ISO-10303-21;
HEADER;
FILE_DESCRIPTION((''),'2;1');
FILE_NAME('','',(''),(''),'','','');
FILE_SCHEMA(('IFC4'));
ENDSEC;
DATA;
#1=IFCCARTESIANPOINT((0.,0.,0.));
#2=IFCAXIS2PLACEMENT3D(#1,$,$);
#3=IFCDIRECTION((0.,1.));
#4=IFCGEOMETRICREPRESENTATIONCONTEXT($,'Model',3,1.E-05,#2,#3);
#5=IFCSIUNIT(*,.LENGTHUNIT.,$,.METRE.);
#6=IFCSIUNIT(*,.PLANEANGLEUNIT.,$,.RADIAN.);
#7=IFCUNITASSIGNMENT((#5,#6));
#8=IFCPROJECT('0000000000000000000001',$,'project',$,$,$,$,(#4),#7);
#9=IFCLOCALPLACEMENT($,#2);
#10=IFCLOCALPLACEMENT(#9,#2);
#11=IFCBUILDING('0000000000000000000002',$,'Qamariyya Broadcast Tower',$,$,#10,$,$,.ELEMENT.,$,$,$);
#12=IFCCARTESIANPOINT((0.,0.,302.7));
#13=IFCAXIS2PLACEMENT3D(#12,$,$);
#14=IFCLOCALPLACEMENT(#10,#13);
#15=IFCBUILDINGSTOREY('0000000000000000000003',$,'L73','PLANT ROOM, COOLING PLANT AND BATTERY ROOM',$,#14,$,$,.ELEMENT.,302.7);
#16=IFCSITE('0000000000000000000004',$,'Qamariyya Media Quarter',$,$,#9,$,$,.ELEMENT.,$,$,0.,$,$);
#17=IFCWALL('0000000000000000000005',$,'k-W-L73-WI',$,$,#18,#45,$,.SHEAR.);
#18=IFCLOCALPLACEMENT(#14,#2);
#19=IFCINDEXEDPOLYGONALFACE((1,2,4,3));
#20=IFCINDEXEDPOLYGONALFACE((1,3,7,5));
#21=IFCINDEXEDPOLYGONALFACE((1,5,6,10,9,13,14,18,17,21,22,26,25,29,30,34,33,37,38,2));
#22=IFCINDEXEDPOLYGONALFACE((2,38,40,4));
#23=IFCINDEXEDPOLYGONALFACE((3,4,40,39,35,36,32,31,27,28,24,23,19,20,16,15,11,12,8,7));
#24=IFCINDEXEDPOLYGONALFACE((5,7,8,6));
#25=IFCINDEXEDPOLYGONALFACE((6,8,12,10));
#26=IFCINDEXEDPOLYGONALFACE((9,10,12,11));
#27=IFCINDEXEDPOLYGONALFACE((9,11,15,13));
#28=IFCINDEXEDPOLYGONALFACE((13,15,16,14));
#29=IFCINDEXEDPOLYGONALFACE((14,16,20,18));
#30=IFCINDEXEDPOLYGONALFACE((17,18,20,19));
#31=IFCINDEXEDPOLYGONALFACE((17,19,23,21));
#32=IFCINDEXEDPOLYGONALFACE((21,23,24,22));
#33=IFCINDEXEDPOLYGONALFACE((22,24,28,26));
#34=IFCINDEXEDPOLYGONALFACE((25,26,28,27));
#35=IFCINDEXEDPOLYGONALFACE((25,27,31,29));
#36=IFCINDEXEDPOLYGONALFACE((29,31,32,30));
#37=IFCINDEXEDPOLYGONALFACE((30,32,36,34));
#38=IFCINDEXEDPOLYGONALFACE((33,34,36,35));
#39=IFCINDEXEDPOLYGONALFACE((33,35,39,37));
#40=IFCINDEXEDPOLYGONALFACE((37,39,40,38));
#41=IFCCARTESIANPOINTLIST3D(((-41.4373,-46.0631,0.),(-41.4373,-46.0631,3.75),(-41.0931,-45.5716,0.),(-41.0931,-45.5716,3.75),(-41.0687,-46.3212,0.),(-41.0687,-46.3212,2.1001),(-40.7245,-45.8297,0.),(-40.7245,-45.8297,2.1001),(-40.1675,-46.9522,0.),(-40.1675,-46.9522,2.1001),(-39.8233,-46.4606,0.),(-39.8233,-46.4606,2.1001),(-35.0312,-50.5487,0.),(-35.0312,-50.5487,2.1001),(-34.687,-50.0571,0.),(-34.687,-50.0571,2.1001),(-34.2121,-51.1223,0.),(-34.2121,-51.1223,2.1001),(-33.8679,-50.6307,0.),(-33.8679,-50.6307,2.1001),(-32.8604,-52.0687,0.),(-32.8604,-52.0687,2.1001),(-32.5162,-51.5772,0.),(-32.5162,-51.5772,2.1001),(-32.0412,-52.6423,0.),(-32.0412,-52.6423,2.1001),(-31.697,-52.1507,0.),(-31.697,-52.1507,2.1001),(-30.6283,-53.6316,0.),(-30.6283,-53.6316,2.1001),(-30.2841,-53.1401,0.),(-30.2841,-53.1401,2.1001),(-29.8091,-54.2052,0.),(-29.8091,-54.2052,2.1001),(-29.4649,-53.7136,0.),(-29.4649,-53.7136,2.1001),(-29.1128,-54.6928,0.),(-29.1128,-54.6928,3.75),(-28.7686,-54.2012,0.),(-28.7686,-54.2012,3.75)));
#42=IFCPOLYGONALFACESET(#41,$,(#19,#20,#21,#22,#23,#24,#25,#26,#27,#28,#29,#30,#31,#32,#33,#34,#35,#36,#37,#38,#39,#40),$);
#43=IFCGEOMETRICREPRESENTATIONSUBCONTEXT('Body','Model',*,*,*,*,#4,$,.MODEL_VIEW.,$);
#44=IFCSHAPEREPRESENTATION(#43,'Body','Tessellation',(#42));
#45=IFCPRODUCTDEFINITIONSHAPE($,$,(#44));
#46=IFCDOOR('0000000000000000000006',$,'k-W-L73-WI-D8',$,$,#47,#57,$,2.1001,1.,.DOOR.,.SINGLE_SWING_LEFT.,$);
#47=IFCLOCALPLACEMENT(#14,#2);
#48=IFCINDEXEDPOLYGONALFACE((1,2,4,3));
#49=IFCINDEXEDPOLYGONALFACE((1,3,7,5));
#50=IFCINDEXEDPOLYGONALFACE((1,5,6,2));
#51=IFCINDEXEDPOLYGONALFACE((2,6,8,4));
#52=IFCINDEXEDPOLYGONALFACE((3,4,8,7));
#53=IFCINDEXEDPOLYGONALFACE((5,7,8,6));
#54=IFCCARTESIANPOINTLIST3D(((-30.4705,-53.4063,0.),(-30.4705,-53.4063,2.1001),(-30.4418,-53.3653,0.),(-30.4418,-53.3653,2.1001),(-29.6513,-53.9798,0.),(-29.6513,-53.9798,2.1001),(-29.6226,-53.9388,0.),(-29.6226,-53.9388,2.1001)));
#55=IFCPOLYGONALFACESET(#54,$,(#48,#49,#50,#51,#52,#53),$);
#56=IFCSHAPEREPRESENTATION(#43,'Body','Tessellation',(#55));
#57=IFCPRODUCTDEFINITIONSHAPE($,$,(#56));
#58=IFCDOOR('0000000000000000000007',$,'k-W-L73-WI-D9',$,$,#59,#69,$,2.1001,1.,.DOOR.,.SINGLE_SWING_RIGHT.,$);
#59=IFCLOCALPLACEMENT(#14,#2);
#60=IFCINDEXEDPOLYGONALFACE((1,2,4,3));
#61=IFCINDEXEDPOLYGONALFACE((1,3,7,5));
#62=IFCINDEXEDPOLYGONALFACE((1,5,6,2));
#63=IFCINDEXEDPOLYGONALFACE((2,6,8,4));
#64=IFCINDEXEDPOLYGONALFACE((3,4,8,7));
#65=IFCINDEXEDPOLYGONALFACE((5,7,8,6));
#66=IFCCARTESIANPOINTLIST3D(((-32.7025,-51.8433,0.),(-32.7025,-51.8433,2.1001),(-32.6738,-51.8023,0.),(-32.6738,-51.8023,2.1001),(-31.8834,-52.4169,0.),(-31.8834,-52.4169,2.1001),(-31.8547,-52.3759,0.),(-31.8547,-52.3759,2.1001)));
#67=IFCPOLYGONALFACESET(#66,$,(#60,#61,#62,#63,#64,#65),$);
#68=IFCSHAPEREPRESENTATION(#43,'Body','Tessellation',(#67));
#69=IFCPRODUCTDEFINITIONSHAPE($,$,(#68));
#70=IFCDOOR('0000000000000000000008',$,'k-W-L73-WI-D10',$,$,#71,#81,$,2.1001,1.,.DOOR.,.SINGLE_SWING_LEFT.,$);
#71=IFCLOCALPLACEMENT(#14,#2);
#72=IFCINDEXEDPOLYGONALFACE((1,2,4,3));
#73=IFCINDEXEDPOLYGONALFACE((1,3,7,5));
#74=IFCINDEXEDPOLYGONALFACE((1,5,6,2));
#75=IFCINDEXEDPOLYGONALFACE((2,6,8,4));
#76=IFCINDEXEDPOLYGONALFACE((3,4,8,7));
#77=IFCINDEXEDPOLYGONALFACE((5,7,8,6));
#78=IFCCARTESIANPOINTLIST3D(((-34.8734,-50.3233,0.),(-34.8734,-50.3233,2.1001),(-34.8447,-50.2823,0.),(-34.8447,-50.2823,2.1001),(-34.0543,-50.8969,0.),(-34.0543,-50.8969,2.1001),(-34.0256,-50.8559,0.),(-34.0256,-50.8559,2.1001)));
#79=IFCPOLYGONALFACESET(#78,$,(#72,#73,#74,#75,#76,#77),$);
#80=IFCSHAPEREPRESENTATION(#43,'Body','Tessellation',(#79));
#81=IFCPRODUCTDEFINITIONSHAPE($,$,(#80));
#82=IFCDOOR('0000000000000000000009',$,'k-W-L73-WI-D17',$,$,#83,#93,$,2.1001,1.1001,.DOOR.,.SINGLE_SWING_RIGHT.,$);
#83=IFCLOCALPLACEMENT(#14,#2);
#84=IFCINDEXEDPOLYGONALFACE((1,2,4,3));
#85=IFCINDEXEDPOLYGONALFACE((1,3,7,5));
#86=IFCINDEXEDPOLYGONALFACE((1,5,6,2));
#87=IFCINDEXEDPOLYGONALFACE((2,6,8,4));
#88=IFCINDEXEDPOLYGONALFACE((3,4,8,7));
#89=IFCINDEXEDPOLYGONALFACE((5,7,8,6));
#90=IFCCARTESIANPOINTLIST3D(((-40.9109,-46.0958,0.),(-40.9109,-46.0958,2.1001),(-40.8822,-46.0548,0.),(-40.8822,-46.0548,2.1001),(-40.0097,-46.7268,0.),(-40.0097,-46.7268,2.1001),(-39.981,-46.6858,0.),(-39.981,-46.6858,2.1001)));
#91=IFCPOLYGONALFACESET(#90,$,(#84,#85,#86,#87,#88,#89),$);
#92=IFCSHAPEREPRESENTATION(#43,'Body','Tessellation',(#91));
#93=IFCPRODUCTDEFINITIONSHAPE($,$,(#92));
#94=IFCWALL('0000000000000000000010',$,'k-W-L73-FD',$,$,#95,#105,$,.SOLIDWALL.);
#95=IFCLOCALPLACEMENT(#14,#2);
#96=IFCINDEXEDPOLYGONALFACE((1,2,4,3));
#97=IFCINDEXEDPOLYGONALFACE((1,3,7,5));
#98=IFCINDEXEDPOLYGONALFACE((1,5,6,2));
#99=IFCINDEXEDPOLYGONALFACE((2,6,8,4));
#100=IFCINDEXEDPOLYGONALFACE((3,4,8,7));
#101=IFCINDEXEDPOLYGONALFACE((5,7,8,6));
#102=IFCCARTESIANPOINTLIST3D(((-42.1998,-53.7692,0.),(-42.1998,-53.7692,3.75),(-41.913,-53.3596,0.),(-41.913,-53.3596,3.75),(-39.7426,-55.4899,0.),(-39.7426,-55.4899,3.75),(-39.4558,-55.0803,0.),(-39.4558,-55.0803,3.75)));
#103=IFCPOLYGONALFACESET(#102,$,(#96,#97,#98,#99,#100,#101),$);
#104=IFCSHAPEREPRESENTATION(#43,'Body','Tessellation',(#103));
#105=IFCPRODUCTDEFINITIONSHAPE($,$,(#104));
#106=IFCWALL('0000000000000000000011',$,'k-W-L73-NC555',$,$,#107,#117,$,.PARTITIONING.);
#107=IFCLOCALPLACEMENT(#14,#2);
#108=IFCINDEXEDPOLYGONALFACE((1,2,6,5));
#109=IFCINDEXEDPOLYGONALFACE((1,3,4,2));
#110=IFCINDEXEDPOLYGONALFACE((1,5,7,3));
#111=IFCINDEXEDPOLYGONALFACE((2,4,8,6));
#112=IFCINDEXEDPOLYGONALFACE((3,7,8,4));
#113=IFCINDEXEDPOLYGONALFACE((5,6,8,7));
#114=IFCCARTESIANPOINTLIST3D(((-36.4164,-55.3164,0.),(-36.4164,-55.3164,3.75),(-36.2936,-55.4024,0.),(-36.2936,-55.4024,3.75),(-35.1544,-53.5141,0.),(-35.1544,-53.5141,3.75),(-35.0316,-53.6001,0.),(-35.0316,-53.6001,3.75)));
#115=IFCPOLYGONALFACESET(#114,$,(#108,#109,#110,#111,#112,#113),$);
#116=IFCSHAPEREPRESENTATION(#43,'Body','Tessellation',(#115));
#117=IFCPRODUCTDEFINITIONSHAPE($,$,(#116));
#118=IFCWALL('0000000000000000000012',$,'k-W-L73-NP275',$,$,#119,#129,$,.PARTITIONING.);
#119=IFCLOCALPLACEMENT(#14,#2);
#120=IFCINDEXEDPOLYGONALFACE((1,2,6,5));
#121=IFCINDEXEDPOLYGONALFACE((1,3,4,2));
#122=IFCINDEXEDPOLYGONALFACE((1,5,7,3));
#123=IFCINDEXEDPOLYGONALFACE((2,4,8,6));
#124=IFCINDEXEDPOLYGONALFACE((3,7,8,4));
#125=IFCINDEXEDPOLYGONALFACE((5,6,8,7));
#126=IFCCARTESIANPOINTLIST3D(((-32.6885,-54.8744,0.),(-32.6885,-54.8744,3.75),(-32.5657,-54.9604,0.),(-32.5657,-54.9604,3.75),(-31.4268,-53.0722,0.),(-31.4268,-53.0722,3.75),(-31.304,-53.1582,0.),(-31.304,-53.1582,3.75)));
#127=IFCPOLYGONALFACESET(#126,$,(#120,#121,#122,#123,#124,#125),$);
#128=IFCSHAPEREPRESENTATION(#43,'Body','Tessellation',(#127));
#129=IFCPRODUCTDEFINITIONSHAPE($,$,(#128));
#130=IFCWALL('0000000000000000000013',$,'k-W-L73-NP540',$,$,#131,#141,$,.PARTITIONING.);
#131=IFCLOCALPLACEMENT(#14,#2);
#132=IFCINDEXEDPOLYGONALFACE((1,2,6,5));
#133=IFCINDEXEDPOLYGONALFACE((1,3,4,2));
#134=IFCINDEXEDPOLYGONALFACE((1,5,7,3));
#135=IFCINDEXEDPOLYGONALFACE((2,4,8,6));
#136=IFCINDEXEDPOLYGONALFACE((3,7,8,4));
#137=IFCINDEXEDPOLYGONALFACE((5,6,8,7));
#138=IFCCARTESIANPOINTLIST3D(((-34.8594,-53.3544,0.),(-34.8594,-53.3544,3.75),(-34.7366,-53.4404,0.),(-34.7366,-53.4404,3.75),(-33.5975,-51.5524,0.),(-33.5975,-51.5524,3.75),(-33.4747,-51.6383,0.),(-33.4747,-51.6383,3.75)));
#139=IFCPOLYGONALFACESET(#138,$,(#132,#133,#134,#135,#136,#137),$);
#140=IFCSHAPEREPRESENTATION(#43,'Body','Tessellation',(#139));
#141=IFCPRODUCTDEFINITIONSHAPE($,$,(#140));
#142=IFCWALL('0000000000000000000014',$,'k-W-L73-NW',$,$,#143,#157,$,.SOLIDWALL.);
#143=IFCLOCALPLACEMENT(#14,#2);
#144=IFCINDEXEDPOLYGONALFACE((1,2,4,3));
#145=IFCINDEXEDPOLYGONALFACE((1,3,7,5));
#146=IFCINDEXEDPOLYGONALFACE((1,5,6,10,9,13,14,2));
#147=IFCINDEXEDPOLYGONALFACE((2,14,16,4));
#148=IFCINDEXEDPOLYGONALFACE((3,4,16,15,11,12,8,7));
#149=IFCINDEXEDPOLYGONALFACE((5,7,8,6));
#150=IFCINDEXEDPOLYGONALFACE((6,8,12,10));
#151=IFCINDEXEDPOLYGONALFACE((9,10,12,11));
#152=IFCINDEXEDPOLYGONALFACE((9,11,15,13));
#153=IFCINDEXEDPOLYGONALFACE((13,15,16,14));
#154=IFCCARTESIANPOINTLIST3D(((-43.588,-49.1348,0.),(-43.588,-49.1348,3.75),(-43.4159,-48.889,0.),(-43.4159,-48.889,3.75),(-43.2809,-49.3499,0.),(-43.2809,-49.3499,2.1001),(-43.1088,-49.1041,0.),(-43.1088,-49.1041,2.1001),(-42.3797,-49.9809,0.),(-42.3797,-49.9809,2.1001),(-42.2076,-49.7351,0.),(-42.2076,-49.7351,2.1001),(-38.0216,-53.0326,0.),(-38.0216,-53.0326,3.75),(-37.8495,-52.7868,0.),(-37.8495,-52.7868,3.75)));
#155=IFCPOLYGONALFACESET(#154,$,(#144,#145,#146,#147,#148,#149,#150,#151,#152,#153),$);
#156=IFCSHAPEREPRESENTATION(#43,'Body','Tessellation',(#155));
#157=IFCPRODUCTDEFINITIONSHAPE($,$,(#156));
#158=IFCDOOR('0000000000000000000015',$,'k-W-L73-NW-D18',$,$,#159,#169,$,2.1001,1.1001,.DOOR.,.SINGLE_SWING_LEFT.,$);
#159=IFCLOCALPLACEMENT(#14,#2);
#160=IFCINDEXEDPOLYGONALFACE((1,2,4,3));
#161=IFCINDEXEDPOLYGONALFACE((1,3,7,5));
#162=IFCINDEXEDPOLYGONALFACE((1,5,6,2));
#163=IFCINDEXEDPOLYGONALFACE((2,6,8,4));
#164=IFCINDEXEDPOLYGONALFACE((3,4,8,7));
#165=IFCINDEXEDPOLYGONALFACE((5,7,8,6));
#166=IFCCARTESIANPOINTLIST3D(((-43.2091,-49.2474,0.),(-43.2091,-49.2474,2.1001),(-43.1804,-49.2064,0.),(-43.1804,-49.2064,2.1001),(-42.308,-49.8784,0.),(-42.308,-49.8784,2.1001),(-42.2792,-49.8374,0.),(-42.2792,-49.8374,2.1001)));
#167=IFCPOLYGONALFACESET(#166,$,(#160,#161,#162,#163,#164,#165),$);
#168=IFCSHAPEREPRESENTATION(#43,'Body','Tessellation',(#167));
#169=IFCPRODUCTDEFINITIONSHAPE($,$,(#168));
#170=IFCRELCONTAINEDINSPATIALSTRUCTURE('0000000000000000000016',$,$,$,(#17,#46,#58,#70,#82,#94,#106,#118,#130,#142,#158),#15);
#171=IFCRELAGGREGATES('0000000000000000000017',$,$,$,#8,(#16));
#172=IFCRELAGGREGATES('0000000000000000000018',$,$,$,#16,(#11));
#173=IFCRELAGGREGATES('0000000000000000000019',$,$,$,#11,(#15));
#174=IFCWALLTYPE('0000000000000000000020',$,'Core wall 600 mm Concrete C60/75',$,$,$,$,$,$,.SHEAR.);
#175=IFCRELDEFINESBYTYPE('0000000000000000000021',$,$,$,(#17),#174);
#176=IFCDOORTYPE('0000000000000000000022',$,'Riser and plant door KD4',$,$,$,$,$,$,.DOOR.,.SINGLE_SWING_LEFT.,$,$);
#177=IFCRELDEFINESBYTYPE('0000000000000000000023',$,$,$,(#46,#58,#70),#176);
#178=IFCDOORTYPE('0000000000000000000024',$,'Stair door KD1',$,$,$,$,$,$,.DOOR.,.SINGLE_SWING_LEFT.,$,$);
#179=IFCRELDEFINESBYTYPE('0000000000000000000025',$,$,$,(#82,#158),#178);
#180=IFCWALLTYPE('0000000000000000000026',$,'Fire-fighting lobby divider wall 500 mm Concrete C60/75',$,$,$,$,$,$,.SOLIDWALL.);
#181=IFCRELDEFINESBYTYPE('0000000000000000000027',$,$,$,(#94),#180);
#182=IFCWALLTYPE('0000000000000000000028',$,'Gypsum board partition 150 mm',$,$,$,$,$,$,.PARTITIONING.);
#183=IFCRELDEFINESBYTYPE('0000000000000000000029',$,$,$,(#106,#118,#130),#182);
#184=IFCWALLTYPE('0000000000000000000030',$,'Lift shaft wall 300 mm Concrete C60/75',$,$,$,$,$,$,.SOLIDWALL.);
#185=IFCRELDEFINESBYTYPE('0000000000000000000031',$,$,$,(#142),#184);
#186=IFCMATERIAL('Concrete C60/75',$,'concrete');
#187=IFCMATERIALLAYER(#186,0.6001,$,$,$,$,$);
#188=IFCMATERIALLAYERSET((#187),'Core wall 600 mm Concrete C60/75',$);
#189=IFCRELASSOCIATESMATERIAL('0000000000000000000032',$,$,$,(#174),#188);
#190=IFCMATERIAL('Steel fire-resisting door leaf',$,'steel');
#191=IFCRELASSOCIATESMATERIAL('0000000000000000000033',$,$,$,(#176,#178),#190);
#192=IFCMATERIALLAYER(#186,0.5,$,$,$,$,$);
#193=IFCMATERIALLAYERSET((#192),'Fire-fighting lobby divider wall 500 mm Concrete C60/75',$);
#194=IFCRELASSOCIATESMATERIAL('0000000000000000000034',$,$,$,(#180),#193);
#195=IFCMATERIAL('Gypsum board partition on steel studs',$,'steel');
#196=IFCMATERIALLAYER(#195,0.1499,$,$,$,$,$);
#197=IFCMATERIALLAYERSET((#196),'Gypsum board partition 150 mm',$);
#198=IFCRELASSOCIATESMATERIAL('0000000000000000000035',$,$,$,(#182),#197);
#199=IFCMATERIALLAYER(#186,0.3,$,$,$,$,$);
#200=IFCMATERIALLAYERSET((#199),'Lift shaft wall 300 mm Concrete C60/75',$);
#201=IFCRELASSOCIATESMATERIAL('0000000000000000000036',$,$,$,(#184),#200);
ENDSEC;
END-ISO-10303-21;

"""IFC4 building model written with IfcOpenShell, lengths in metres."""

from ifc_helpers import new_model, si_unit, direction, frame, frame_2d, origin, place, context, subcontext, project, spatial, rectangle, extrude, material, layer, layer_set, type_object, element, fill, save


model = new_model("IFC4")

# Units and contexts
model_context = context("Model", 3, precision=1e-05, world=origin(), true_north=direction((0.0, 1.0)))
body_context = subcontext(model_context, "Body", "Model", "MODEL_VIEW")
ifc_project = project(units=[si_unit("LENGTHUNIT", "METRE"), si_unit("PLANEANGLEUNIT", "RADIAN")], contexts=[model_context])

# Site, building, storey
site_placement = place(None, origin())
site = spatial("IfcSite", under=ifc_project, at=site_placement, Name="Qamariyya Media Quarter", CompositionType="ELEMENT", RefElevation=0.0)
building_placement = place(site_placement, origin())
building = spatial("IfcBuilding", under=site, at=building_placement, Name="Qamariyya Broadcast Tower", CompositionType="ELEMENT")
storey_placement = place(building_placement, frame((0.0, 0.0, 302.7)))
storey = spatial("IfcBuildingStorey", under=building, at=storey_placement, Name="L73", Description="PLANT ROOM, COOLING PLANT AND BATTERY ROOM", CompositionType="ELEMENT", Elevation=302.7)

# Wall, openings, doors
ifc_material_1 = material(Name="Concrete C60/75", Category="concrete")
ifc_layer_1 = layer(ifc_material_1, 0.6001)
ifc_layer_set_1 = layer_set([ifc_layer_1], Name="Core wall 600 mm Concrete C60/75")
wall_type_1 = type_object("IfcWallType", Name="Core wall 600 mm Concrete C60/75", PredefinedType="SHEAR", material=ifc_layer_set_1)
wall_1_placement = place(storey_placement, frame((-28.9407, -54.447, 0.0), z_axis=(0.0, 0.0, 1.0), x_axis=(-0.819153, 0.573575, 0.0)))
wall_1 = element("IfcWall", 1, at=wall_1_placement, inside=storey, type_object=wall_type_1, Name="k-W-L73-WI", PredefinedType="SHEAR", context=body_context, shape_type="SweptSolid", body=[
    extrude(rectangle(XDim=15.0454, YDim=0.6001, at=frame_2d((7.5227, 0.0))), origin(), (0.0, 0.0, 1.0), 3.75),
])
opening_1_placement = place(wall_1_placement, frame((0.8501, 0.0, 0.0)))
opening_1 = element("IfcOpeningElement", 2, at=opening_1_placement, cuts=wall_1, PredefinedType="OPENING", context=body_context, shape_type="SweptSolid", body=[
    extrude(rectangle(XDim=1.0, YDim=2.1001, at=frame_2d((0.5, 1.05))), frame((0.0, 0.3101, 0.0), z_axis=(0.0, -1.0, 0.0), x_axis=(1.0, 0.0, 0.0)), (0.0, 0.0, 1.0), 0.6201),
])
opening_2_placement = place(wall_1_placement, frame((3.575, 0.0, 0.0)))
opening_2 = element("IfcOpeningElement", 3, at=opening_2_placement, cuts=wall_1, PredefinedType="OPENING", context=body_context, shape_type="SweptSolid", body=[
    extrude(rectangle(XDim=1.0, YDim=2.1001, at=frame_2d((0.5, 1.05))), frame((0.0, 0.3101, 0.0), z_axis=(0.0, -1.0, 0.0), x_axis=(1.0, 0.0, 0.0)), (0.0, 0.0, 1.0), 0.6201),
])
opening_3_placement = place(wall_1_placement, frame((6.2251, 0.0, 0.0)))
opening_3 = element("IfcOpeningElement", 4, at=opening_3_placement, cuts=wall_1, PredefinedType="OPENING", context=body_context, shape_type="SweptSolid", body=[
    extrude(rectangle(XDim=1.0, YDim=2.1001, at=frame_2d((0.5, 1.05))), frame((0.0, 0.3101, 0.0), z_axis=(0.0, -1.0, 0.0), x_axis=(1.0, 0.0, 0.0)), (0.0, 0.0, 1.0), 0.6201),
])
opening_4_placement = place(wall_1_placement, frame((13.4954, 0.0, 0.0)))
opening_4 = element("IfcOpeningElement", 5, at=opening_4_placement, cuts=wall_1, PredefinedType="OPENING", context=body_context, shape_type="SweptSolid", body=[
    extrude(rectangle(XDim=1.1001, YDim=2.1001, at=frame_2d((0.55, 1.05))), frame((0.0, 0.3101, 0.0), z_axis=(0.0, -1.0, 0.0), x_axis=(1.0, 0.0, 0.0)), (0.0, 0.0, 1.0), 0.6201),
])
ifc_material_2 = material(Name="Steel fire-resisting door leaf", Category="steel")
door_type_1 = type_object("IfcDoorType", Name="Riser and plant door KD4", OperationType="SINGLE_SWING_LEFT", PredefinedType="DOOR", material=ifc_material_2)
door_1_placement = place(opening_1_placement, origin())
door_1 = element("IfcDoor", 6, at=door_1_placement, inside=storey, type_object=door_type_1, Name="k-W-L73-WI-D8", OperationType="SINGLE_SWING_LEFT", OverallHeight=2.1001, OverallWidth=1.0, PredefinedType="DOOR", context=body_context, shape_type="SweptSolid", body=[
    extrude(rectangle(XDim=1.0, YDim=2.1001, at=frame_2d((0.5, 1.05))), frame((0.0, 0.0249, 0.0), z_axis=(0.0, -1.0, 0.0), x_axis=(1.0, 0.0, 0.0)), (0.0, 0.0, 1.0), 0.05),
])
fill(opening_1, door_1)
door_2_placement = place(opening_2_placement, origin())
door_2 = element("IfcDoor", 7, at=door_2_placement, inside=storey, type_object=door_type_1, Name="k-W-L73-WI-D9", OperationType="SINGLE_SWING_RIGHT", OverallHeight=2.1001, OverallWidth=1.0, PredefinedType="DOOR", context=body_context, shape_type="SweptSolid", body=[
    extrude(rectangle(XDim=1.0, YDim=2.1001, at=frame_2d((0.5, 1.05))), frame((0.0, 0.0249, 0.0), z_axis=(0.0, -1.0, 0.0), x_axis=(1.0, 0.0, 0.0)), (0.0, 0.0, 1.0), 0.05),
])
fill(opening_2, door_2)
door_3_placement = place(opening_3_placement, origin())
door_3 = element("IfcDoor", 8, at=door_3_placement, inside=storey, type_object=door_type_1, Name="k-W-L73-WI-D10", OperationType="SINGLE_SWING_LEFT", OverallHeight=2.1001, OverallWidth=1.0, PredefinedType="DOOR", context=body_context, shape_type="SweptSolid", body=[
    extrude(rectangle(XDim=1.0, YDim=2.1001, at=frame_2d((0.5, 1.05))), frame((0.0, 0.0249, 0.0), z_axis=(0.0, -1.0, 0.0), x_axis=(1.0, 0.0, 0.0)), (0.0, 0.0, 1.0), 0.05),
])
fill(opening_3, door_3)
door_type_2 = type_object("IfcDoorType", Name="Stair door KD1", OperationType="SINGLE_SWING_LEFT", PredefinedType="DOOR", material=ifc_material_2)
door_4_placement = place(opening_4_placement, origin())
door_4 = element("IfcDoor", 9, at=door_4_placement, inside=storey, type_object=door_type_2, Name="k-W-L73-WI-D17", OperationType="SINGLE_SWING_RIGHT", OverallHeight=2.1001, OverallWidth=1.1001, PredefinedType="DOOR", context=body_context, shape_type="SweptSolid", body=[
    extrude(rectangle(XDim=1.1001, YDim=2.1001, at=frame_2d((0.55, 1.05))), frame((0.0, 0.0249, 0.0), z_axis=(0.0, -1.0, 0.0), x_axis=(1.0, 0.0, 0.0)), (0.0, 0.0, 1.0), 0.05),
])
fill(opening_4, door_4)

# Walls
ifc_layer_2 = layer(ifc_material_1, 0.5)
ifc_layer_set_2 = layer_set([ifc_layer_2], Name="Fire-fighting lobby divider wall 500 mm Concrete C60/75")
wall_type_2 = type_object("IfcWallType", Name="Fire-fighting lobby divider wall 500 mm Concrete C60/75", PredefinedType="SOLIDWALL", material=ifc_layer_set_2)
wall_2_placement = place(storey_placement, frame((-39.5991, -55.2852, 0.0), z_axis=(0.0, 0.0, 1.0), x_axis=(-0.819136, 0.573599, 0.0)))
element("IfcWall", 10, at=wall_2_placement, inside=storey, type_object=wall_type_2, Name="k-W-L73-FD", PredefinedType="SOLIDWALL", context=body_context, shape_type="SweptSolid", body=[
    extrude(rectangle(XDim=2.9998, YDim=0.5, at=frame_2d((1.5, 0.0))), origin(), (0.0, 0.0, 1.0), 3.75),
])
ifc_material_3 = material(Name="Gypsum board partition on steel studs", Category="steel")
ifc_layer_3 = layer(ifc_material_3, 0.1499)
ifc_layer_set_3 = layer_set([ifc_layer_3], Name="Gypsum board partition 150 mm")
wall_type_3 = type_object("IfcWallType", Name="Gypsum board partition 150 mm", PredefinedType="PARTITIONING", material=ifc_layer_set_3)
wall_3_placement = place(storey_placement, frame((-36.355, -55.3594, 0.0), z_axis=(0.0, 0.0, 1.0), x_axis=(0.573581, 0.819149, 0.0)))
element("IfcWall", 11, at=wall_3_placement, inside=storey, type_object=wall_type_3, Name="k-W-L73-NC555", PredefinedType="PARTITIONING", context=body_context, shape_type="SweptSolid", body=[
    extrude(rectangle(XDim=2.2002, YDim=0.1499, at=frame_2d((1.1001, 0.0))), origin(), (0.0, 0.0, 1.0), 3.75),
])
for number, where, z_axis, x_axis, name in (
    (12, (-32.6272, -54.9175, 0.0), (0.0, 0.0, 1.0), (0.573507, 0.819201, 0.0), "k-W-L73-NP275"),
    (13, (-34.7981, -53.3975, 0.0), (0.0, 0.0, 1.0), (0.573634, 0.819112, 0.0), "k-W-L73-NP540"),
):
    element("IfcWall", number, at=place(storey_placement, frame(where, z_axis=z_axis, x_axis=x_axis)), inside=storey, type_object=wall_type_3, Name=name, PredefinedType="PARTITIONING", context=body_context, shape_type="SweptSolid", body=[
        extrude(rectangle(XDim=2.2, YDim=0.1499, at=frame_2d((1.1001, 0.0))), origin(), (0.0, 0.0, 1.0), 3.75),
    ])

# Wall, opening, door
ifc_layer_4 = layer(ifc_material_1, 0.3)
ifc_layer_set_4 = layer_set([ifc_layer_4], Name="Lift shaft wall 300 mm Concrete C60/75")
wall_type_4 = type_object("IfcWallType", Name="Lift shaft wall 300 mm Concrete C60/75", PredefinedType="SOLIDWALL", material=ifc_layer_set_4)
wall_4_placement = place(storey_placement, frame((-37.9355, -52.9097, 0.0), z_axis=(0.0, 0.0, 1.0), x_axis=(-0.819148, 0.573583, 0.0)))
wall_4 = element("IfcWall", 14, at=wall_4_placement, inside=storey, type_object=wall_type_4, Name="k-W-L73-NW", PredefinedType="SOLIDWALL", context=body_context, shape_type="SweptSolid", body=[
    extrude(rectangle(XDim=6.7954, YDim=0.3, at=frame_2d((3.3977, 0.0))), origin(), (0.0, 0.0, 1.0), 3.75),
])
opening_5_placement = place(wall_4_placement, frame((5.3203, 0.0, 0.0)))
opening_5 = element("IfcOpeningElement", 15, at=opening_5_placement, cuts=wall_4, PredefinedType="OPENING", context=body_context, shape_type="SweptSolid", body=[
    extrude(rectangle(XDim=1.1001, YDim=2.1001, at=frame_2d((0.55, 1.05))), frame((0.0, 0.1599, 0.0), z_axis=(0.0, -1.0, 0.0), x_axis=(1.0, 0.0, 0.0)), (0.0, 0.0, 1.0), 0.3201),
])
door_5_placement = place(opening_5_placement, origin())
door_5 = element("IfcDoor", 16, at=door_5_placement, inside=storey, type_object=door_type_2, Name="k-W-L73-NW-D18", OperationType="SINGLE_SWING_LEFT", OverallHeight=2.1001, OverallWidth=1.1001, PredefinedType="DOOR", context=body_context, shape_type="SweptSolid", body=[
    extrude(rectangle(XDim=1.1001, YDim=2.1001, at=frame_2d((0.55, 1.05))), frame((0.0, 0.0249, 0.0), z_axis=(0.0, -1.0, 0.0), x_axis=(1.0, 0.0, 0.0)), (0.0, 0.0, 1.0), 0.05),
])
fill(opening_5, door_5)

save(model, "model.ifc")
